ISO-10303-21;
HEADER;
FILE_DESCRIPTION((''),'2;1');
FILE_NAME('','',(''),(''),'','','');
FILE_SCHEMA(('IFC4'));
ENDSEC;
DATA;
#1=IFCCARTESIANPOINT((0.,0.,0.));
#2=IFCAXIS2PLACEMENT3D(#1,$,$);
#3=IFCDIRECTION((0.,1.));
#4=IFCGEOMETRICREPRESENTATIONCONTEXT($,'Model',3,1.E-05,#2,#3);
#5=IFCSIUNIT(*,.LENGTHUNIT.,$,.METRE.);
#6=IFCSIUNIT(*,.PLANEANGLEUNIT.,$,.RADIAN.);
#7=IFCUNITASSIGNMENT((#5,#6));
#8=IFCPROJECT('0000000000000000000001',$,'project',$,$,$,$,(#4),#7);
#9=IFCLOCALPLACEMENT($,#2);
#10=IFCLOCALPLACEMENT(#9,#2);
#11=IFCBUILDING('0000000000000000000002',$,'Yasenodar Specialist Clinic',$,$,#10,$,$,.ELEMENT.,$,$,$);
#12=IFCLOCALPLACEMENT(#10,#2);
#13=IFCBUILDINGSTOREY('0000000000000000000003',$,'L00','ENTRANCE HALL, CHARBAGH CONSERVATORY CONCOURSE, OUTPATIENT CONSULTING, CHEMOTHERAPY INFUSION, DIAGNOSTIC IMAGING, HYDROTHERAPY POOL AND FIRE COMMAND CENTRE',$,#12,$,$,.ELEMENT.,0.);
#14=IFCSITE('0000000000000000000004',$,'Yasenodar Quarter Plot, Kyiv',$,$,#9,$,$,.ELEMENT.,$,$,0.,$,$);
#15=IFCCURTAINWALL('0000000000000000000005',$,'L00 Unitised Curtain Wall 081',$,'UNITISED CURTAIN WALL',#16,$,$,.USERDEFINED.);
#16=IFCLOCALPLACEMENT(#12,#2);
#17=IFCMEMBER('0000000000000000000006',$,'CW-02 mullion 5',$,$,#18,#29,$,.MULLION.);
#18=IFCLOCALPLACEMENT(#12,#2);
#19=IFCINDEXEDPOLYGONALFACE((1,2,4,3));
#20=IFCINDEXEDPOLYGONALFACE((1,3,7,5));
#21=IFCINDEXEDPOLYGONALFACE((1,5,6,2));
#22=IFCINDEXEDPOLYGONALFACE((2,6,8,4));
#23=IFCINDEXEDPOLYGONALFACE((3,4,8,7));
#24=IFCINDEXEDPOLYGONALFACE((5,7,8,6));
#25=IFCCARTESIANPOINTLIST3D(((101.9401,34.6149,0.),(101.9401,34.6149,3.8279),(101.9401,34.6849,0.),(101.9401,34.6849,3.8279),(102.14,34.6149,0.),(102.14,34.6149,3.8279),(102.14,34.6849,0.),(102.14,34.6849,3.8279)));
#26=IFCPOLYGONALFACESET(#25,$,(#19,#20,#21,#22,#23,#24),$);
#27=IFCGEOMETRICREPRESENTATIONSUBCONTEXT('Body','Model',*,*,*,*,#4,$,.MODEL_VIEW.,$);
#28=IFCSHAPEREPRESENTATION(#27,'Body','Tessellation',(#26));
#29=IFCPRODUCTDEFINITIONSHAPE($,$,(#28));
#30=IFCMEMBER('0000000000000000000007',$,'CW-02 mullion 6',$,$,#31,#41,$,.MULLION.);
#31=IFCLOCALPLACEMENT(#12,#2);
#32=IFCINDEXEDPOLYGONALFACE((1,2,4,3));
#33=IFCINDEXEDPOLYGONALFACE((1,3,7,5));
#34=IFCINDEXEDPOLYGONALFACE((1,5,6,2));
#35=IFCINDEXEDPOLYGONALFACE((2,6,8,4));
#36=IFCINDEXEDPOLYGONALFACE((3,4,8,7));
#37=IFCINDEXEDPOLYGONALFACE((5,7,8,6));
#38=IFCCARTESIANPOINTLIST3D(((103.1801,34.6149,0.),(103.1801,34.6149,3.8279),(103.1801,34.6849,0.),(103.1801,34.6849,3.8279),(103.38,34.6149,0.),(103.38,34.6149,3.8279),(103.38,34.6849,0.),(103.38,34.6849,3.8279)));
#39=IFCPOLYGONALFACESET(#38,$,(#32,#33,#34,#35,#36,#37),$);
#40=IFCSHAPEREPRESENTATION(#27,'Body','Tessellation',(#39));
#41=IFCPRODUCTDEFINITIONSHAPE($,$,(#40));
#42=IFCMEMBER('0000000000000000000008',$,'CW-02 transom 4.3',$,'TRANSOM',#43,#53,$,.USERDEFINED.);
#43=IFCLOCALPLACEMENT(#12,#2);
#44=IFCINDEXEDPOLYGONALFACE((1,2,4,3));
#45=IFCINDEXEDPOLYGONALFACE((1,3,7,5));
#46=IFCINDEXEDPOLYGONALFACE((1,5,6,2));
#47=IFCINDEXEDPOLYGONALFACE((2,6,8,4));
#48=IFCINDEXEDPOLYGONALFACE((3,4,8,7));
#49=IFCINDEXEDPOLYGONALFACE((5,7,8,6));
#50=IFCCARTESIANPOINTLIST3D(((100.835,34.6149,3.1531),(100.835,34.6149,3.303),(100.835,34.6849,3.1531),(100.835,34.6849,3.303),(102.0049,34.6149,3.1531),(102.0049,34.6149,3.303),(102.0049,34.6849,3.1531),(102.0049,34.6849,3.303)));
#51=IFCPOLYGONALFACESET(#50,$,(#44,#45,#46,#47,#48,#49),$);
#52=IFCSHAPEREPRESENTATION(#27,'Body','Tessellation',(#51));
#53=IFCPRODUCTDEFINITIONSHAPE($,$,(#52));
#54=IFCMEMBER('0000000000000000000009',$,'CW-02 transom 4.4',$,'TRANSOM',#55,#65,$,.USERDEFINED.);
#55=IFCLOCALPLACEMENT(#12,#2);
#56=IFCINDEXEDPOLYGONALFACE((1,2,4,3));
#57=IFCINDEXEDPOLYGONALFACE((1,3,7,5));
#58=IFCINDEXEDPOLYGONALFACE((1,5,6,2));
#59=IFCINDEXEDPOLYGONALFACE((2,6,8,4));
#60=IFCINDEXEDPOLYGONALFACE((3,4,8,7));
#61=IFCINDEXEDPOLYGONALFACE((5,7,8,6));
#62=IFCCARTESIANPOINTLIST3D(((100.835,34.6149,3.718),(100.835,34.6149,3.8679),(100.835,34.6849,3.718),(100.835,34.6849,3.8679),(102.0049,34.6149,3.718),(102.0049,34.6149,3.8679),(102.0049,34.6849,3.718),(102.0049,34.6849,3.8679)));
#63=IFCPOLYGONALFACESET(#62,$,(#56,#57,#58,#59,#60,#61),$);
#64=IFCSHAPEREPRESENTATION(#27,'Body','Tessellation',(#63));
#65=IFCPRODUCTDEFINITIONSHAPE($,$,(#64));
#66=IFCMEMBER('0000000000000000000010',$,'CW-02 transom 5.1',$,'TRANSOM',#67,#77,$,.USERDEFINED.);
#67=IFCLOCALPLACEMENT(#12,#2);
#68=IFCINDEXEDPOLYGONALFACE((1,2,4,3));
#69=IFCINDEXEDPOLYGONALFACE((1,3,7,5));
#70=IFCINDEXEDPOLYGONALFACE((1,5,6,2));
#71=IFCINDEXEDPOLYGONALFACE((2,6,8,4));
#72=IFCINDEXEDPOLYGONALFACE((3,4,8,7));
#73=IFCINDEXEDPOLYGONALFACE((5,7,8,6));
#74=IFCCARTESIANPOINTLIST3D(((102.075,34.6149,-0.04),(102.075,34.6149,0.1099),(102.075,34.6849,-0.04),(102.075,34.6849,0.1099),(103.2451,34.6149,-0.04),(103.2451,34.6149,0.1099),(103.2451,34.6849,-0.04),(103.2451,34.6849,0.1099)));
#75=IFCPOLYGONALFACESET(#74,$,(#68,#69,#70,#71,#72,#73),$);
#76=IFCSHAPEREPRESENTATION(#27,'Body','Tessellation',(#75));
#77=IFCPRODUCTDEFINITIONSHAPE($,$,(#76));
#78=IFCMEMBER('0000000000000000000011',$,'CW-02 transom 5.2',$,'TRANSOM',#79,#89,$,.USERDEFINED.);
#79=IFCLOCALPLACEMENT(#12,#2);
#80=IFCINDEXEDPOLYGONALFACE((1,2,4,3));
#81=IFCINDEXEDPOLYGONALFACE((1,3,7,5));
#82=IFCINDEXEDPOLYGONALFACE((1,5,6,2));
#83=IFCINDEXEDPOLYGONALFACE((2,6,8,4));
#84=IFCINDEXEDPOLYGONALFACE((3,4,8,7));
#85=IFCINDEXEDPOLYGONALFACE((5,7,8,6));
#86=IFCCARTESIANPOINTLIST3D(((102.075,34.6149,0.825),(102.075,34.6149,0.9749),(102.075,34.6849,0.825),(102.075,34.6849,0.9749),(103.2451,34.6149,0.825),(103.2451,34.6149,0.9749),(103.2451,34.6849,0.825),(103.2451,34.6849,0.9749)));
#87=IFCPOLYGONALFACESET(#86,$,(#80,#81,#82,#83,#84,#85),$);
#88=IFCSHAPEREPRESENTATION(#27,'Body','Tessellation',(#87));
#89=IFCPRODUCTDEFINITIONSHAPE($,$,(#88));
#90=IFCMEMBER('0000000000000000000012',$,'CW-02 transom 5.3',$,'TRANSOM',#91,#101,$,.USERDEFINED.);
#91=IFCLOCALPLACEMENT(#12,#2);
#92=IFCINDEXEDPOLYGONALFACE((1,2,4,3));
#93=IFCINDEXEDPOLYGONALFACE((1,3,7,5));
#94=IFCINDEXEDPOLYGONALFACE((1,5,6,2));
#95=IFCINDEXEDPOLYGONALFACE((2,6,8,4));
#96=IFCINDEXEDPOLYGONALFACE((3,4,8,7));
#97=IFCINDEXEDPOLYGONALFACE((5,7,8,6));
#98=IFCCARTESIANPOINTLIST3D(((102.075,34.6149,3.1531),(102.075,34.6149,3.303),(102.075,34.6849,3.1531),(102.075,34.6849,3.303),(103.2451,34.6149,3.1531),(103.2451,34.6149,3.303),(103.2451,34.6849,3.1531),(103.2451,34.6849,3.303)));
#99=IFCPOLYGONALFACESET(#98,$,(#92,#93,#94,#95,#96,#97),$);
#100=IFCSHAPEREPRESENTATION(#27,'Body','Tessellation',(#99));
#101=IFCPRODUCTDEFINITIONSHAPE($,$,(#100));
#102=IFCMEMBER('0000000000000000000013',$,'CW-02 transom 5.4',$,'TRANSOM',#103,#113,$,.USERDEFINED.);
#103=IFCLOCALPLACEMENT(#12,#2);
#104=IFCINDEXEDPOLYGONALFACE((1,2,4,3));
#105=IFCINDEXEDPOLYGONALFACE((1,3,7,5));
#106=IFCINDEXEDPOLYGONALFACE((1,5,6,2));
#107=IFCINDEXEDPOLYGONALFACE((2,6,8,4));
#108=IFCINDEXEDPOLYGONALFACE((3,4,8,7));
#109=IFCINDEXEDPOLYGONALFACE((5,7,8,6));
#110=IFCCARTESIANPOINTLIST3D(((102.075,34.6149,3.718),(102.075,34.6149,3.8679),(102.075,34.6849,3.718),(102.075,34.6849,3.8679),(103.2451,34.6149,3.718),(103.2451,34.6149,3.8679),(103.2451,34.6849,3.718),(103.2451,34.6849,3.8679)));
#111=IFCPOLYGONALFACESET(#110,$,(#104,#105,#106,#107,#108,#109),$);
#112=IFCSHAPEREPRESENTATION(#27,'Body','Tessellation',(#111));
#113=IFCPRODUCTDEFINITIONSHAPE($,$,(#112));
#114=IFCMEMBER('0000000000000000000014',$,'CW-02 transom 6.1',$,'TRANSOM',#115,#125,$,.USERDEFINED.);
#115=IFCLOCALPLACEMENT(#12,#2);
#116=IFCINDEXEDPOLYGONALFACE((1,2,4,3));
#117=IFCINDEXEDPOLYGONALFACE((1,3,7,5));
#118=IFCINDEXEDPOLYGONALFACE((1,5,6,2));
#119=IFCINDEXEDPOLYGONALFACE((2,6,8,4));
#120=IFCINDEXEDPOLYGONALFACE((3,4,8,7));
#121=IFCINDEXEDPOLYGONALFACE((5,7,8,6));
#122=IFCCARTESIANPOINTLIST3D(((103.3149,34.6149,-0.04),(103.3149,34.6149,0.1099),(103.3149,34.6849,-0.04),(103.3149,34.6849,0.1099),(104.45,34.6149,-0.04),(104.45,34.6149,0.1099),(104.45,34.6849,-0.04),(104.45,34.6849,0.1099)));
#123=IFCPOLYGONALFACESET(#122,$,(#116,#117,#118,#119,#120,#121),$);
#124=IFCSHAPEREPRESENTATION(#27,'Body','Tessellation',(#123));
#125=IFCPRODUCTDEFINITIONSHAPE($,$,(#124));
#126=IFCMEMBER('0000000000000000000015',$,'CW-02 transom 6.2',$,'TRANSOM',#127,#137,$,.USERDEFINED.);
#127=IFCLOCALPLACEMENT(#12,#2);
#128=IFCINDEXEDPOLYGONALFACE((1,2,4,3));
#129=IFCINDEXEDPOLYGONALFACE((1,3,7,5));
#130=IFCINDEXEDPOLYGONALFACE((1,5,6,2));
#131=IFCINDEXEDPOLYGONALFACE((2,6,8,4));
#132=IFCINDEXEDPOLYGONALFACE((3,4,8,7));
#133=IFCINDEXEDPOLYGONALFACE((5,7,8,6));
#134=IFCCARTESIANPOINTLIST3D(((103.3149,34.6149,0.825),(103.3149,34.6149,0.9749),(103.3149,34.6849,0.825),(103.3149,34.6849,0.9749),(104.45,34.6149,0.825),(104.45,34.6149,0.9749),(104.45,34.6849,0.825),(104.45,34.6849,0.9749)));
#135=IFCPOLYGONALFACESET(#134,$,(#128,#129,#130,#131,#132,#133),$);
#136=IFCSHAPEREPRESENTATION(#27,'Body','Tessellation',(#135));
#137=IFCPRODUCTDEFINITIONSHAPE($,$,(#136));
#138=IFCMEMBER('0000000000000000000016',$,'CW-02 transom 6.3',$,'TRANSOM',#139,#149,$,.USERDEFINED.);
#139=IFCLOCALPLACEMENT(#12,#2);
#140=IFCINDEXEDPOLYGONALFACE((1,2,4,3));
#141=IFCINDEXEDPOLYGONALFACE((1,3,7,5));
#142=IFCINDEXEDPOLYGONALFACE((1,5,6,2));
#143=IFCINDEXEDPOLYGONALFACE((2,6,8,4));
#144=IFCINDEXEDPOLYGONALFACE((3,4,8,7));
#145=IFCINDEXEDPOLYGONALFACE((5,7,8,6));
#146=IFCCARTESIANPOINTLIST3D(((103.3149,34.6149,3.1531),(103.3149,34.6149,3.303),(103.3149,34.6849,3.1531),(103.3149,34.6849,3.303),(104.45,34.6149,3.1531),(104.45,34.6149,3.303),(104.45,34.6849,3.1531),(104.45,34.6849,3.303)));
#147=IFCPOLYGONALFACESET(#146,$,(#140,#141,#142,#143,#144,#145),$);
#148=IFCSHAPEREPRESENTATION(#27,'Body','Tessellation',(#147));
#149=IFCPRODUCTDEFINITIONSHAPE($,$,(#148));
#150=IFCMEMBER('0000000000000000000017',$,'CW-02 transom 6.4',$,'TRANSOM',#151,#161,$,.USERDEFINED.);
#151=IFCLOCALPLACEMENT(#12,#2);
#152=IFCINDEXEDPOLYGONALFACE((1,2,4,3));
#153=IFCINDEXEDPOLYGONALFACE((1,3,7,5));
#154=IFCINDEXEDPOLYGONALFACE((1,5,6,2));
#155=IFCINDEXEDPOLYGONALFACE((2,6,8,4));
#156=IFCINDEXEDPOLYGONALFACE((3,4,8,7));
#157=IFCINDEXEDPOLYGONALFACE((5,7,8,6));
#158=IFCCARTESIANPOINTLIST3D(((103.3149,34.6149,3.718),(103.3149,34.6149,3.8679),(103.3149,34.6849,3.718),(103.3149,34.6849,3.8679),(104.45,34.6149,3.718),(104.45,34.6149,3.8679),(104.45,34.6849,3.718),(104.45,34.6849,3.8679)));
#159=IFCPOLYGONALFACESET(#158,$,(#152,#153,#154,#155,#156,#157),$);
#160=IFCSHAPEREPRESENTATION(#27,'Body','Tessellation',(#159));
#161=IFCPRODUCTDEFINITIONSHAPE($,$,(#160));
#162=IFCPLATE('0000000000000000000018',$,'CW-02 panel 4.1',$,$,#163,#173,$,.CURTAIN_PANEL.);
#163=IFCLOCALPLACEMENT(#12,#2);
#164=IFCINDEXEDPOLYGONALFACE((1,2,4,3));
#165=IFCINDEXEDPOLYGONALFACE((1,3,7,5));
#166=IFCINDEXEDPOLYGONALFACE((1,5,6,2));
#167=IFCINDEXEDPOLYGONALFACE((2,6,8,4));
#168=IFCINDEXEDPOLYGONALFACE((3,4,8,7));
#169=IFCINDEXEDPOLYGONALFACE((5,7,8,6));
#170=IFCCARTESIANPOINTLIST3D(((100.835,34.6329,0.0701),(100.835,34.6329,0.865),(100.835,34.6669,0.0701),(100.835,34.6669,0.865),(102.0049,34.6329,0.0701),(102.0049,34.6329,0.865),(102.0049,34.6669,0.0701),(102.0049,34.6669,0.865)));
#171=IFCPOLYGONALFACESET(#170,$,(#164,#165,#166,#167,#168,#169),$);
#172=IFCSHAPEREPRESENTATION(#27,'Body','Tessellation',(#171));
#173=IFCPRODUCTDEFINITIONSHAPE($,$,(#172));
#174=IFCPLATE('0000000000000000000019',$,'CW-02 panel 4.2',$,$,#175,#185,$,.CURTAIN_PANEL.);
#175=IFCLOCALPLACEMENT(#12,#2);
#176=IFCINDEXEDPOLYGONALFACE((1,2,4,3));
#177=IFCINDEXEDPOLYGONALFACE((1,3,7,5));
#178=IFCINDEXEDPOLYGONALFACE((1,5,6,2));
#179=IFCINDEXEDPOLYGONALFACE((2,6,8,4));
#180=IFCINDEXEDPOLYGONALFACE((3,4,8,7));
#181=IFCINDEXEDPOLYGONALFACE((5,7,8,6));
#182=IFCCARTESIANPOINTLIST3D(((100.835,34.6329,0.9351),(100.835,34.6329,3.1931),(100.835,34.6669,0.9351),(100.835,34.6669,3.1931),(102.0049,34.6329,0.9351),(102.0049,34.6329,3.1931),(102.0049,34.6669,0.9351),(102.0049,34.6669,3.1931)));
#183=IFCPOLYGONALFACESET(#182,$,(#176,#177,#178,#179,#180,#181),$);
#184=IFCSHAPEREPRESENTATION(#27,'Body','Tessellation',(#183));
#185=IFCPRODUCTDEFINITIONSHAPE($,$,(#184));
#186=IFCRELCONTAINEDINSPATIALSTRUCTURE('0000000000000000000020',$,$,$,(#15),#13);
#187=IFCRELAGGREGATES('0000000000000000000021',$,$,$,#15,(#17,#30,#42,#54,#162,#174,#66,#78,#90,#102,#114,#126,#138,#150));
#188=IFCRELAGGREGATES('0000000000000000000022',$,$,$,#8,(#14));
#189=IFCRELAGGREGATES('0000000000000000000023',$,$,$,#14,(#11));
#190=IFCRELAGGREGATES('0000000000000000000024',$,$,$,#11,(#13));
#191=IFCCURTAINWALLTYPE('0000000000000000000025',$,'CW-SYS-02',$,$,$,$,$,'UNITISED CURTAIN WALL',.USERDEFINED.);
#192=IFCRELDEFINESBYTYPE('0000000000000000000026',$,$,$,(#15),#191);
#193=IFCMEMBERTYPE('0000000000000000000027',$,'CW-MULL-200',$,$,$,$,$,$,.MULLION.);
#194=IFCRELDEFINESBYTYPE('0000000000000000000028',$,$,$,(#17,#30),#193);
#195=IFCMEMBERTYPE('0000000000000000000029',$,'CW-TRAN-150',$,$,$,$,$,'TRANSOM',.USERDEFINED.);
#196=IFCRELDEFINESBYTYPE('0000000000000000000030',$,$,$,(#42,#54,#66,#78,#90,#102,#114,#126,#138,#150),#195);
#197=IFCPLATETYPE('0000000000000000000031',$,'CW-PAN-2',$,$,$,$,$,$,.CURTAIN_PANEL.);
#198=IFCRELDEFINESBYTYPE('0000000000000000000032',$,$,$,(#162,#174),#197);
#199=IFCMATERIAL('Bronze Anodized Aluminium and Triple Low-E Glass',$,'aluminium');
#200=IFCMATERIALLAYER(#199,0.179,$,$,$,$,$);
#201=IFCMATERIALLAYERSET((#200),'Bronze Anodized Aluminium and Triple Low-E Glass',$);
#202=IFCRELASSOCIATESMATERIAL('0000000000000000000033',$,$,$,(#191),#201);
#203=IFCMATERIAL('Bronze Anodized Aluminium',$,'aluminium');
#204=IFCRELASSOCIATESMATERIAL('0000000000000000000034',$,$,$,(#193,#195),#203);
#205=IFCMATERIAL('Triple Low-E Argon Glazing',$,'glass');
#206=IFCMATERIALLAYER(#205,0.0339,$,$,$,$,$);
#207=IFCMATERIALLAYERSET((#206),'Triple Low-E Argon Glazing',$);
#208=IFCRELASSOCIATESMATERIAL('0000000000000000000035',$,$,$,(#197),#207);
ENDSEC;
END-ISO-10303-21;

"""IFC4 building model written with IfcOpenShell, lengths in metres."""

from ifc_helpers import new_model, si_unit, direction, frame, origin, origin_2d, place, context, subcontext, project, spatial, rectangle, extrude, material, layer, layer_set, material_profile, profile_set, type_object, element, aggregate, save


model = new_model("IFC4")

# Units and contexts
model_context = context("Model", 3, precision=1e-05, world=origin(), true_north=direction((0.0, 1.0)))
body_context = subcontext(model_context, "Body", "Model", "MODEL_VIEW")
ifc_project = project(units=[si_unit("LENGTHUNIT", "METRE"), si_unit("PLANEANGLEUNIT", "RADIAN")], contexts=[model_context])

# Site, building, storey
site_placement = place(None, origin())
site = spatial("IfcSite", under=ifc_project, at=site_placement, Name="Yasenodar Quarter Plot, Kyiv", CompositionType="ELEMENT", RefElevation=0.0)
building_placement = place(site_placement, origin())
building = spatial("IfcBuilding", under=site, at=building_placement, Name="Yasenodar Specialist Clinic", CompositionType="ELEMENT")
storey_placement = place(building_placement, origin())
storey = spatial("IfcBuildingStorey", under=building, at=storey_placement, Name="L00", Description="ENTRANCE HALL, CHARBAGH CONSERVATORY CONCOURSE, OUTPATIENT CONSULTING, CHEMOTHERAPY INFUSION, DIAGNOSTIC IMAGING, HYDROTHERAPY POOL AND FIRE COMMAND CENTRE", CompositionType="ELEMENT", Elevation=0.0)

# Curtain wall, members, plates
ifc_material_1 = material(Name="Bronze Anodized Aluminium and Triple Low-E Glass", Category="aluminium")
ifc_layer_1 = layer(ifc_material_1, 0.179)
ifc_layer_set_1 = layer_set([ifc_layer_1], Name="Bronze Anodized Aluminium and Triple Low-E Glass")
curtain_wall_type = type_object("IfcCurtainWallType", Name="CW-SYS-02", ElementType="UNITISED CURTAIN WALL", PredefinedType="USERDEFINED", material=ifc_layer_set_1)
curtain_wall_placement = place(storey_placement, origin())
curtain_wall = element("IfcCurtainWall", 1, at=curtain_wall_placement, inside=storey, type_object=curtain_wall_type, Name="L00 Unitised Curtain Wall 081", ObjectType="UNITISED CURTAIN WALL", PredefinedType="USERDEFINED")
ifc_material_2 = material(Name="Bronze Anodized Aluminium", Category="aluminium")
ifc_material_profile_1 = material_profile(ifc_material_2, rectangle(XDim=0.0701, YDim=0.2, at=origin_2d()), Name="CW-MULL 70x200")
ifc_profile_set_1 = profile_set([ifc_material_profile_1], Name="Bronze Anodized Aluminium")
member_type_1 = type_object("IfcMemberType", Name="CW-MULL-200", PredefinedType="MULLION", material=ifc_profile_set_1)
member_1_placement = place(storey_placement, frame((102.04, 34.6499, 0.0), z_axis=(0.0, 0.0, 1.0), x_axis=(0.0, 1.0, 0.0)))
member_1 = element("IfcMember", 2, at=member_1_placement, type_object=member_type_1, Name="CW-02 mullion 5", PredefinedType="MULLION", context=body_context, shape_type="SweptSolid", body=[
    extrude(rectangle(XDim=0.0701, YDim=0.2, at=origin_2d()), origin(), (0.0, 0.0, 1.0), 3.8279),
])
member_2_placement = place(storey_placement, frame((103.28, 34.6499, 0.0), z_axis=(0.0, 0.0, 1.0), x_axis=(0.0, 1.0, 0.0)))
member_2 = element("IfcMember", 3, at=member_2_placement, type_object=member_type_1, Name="CW-02 mullion 6", PredefinedType="MULLION", context=body_context, shape_type="SweptSolid", body=[
    extrude(rectangle(XDim=0.0701, YDim=0.2, at=origin_2d()), origin(), (0.0, 0.0, 1.0), 3.8279),
])
ifc_material_profile_2 = material_profile(ifc_material_2, rectangle(XDim=0.0701, YDim=0.1499, at=origin_2d()), Name="CW-TRAN 70x150")
ifc_profile_set_2 = profile_set([ifc_material_profile_2], Name="Bronze Anodized Aluminium")
member_type_2 = type_object("IfcMemberType", Name="CW-TRAN-150", ElementType="TRANSOM", PredefinedType="USERDEFINED", material=ifc_profile_set_2)
member_3_placement = place(storey_placement, frame((100.835, 34.6499, 3.228), z_axis=(1.0, 0.0, 0.0), x_axis=(0.0, 1.0, 0.0)))
member_3 = element("IfcMember", 4, at=member_3_placement, type_object=member_type_2, Name="CW-02 transom 4.3", ObjectType="TRANSOM", PredefinedType="USERDEFINED", context=body_context, shape_type="SweptSolid", body=[
    extrude(rectangle(XDim=0.0701, YDim=0.1499, at=origin_2d()), origin(), (0.0, 0.0, 1.0), 1.1699),
])
member_4_placement = place(storey_placement, frame((100.835, 34.6499, 3.793), z_axis=(1.0, 0.0, 0.0), x_axis=(0.0, 1.0, 0.0)))
member_4 = element("IfcMember", 5, at=member_4_placement, type_object=member_type_2, Name="CW-02 transom 4.4", ObjectType="TRANSOM", PredefinedType="USERDEFINED", context=body_context, shape_type="SweptSolid", body=[
    extrude(rectangle(XDim=0.0701, YDim=0.1499, at=origin_2d()), origin(), (0.0, 0.0, 1.0), 1.1699),
])
member_5_placement = place(storey_placement, frame((102.075, 34.6499, 0.0349), z_axis=(1.0, 0.0, 0.0), x_axis=(0.0, 1.0, 0.0)))
member_5 = element("IfcMember", 6, at=member_5_placement, type_object=member_type_2, Name="CW-02 transom 5.1", ObjectType="TRANSOM", PredefinedType="USERDEFINED", context=body_context, shape_type="SweptSolid", body=[
    extrude(rectangle(XDim=0.0701, YDim=0.1499, at=origin_2d()), origin(), (0.0, 0.0, 1.0), 1.1702),
])
member_6_placement = place(storey_placement, frame((102.075, 34.6499, 0.8999), z_axis=(1.0, 0.0, 0.0), x_axis=(0.0, 1.0, 0.0)))
member_6 = element("IfcMember", 7, at=member_6_placement, type_object=member_type_2, Name="CW-02 transom 5.2", ObjectType="TRANSOM", PredefinedType="USERDEFINED", context=body_context, shape_type="SweptSolid", body=[
    extrude(rectangle(XDim=0.0701, YDim=0.1499, at=origin_2d()), origin(), (0.0, 0.0, 1.0), 1.1702),
])
member_7_placement = place(storey_placement, frame((102.075, 34.6499, 3.228), z_axis=(1.0, 0.0, 0.0), x_axis=(0.0, 1.0, 0.0)))
member_7 = element("IfcMember", 8, at=member_7_placement, type_object=member_type_2, Name="CW-02 transom 5.3", ObjectType="TRANSOM", PredefinedType="USERDEFINED", context=body_context, shape_type="SweptSolid", body=[
    extrude(rectangle(XDim=0.0701, YDim=0.1499, at=origin_2d()), origin(), (0.0, 0.0, 1.0), 1.1702),
])
member_8_placement = place(storey_placement, frame((102.075, 34.6499, 3.793), z_axis=(1.0, 0.0, 0.0), x_axis=(0.0, 1.0, 0.0)))
member_8 = element("IfcMember", 9, at=member_8_placement, type_object=member_type_2, Name="CW-02 transom 5.4", ObjectType="TRANSOM", PredefinedType="USERDEFINED", context=body_context, shape_type="SweptSolid", body=[
    extrude(rectangle(XDim=0.0701, YDim=0.1499, at=origin_2d()), origin(), (0.0, 0.0, 1.0), 1.1702),
])
member_9_placement = place(storey_placement, frame((103.3149, 34.6499, 0.0349), z_axis=(1.0, 0.0, 0.0), x_axis=(0.0, 1.0, 0.0)))
member_9 = element("IfcMember", 10, at=member_9_placement, type_object=member_type_2, Name="CW-02 transom 6.1", ObjectType="TRANSOM", PredefinedType="USERDEFINED", context=body_context, shape_type="SweptSolid", body=[
    extrude(rectangle(XDim=0.0701, YDim=0.1499, at=origin_2d()), origin(), (0.0, 0.0, 1.0), 1.135),
])
member_10_placement = place(storey_placement, frame((103.3149, 34.6499, 0.8999), z_axis=(1.0, 0.0, 0.0), x_axis=(0.0, 1.0, 0.0)))
member_10 = element("IfcMember", 11, at=member_10_placement, type_object=member_type_2, Name="CW-02 transom 6.2", ObjectType="TRANSOM", PredefinedType="USERDEFINED", context=body_context, shape_type="SweptSolid", body=[
    extrude(rectangle(XDim=0.0701, YDim=0.1499, at=origin_2d()), origin(), (0.0, 0.0, 1.0), 1.135),
])
member_11_placement = place(storey_placement, frame((103.3149, 34.6499, 3.228), z_axis=(1.0, 0.0, 0.0), x_axis=(0.0, 1.0, 0.0)))
member_11 = element("IfcMember", 12, at=member_11_placement, type_object=member_type_2, Name="CW-02 transom 6.3", ObjectType="TRANSOM", PredefinedType="USERDEFINED", context=body_context, shape_type="SweptSolid", body=[
    extrude(rectangle(XDim=0.0701, YDim=0.1499, at=origin_2d()), origin(), (0.0, 0.0, 1.0), 1.135),
])
member_12_placement = place(storey_placement, frame((103.3149, 34.6499, 3.793), z_axis=(1.0, 0.0, 0.0), x_axis=(0.0, 1.0, 0.0)))
member_12 = element("IfcMember", 13, at=member_12_placement, type_object=member_type_2, Name="CW-02 transom 6.4", ObjectType="TRANSOM", PredefinedType="USERDEFINED", context=body_context, shape_type="SweptSolid", body=[
    extrude(rectangle(XDim=0.0701, YDim=0.1499, at=origin_2d()), origin(), (0.0, 0.0, 1.0), 1.135),
])
ifc_material_3 = material(Name="Triple Low-E Argon Glazing", Category="glass")
ifc_layer_2 = layer(ifc_material_3, 0.0339)
ifc_layer_set_2 = layer_set([ifc_layer_2], Name="Triple Low-E Argon Glazing")
plate_type = type_object("IfcPlateType", Name="CW-PAN-2", PredefinedType="CURTAIN_PANEL", material=ifc_layer_set_2)
plate_1_placement = place(storey_placement, frame((101.4199, 34.6499, 0.0701), z_axis=(0.0, 0.0, 1.0), x_axis=(1.0, 0.0, 0.0)))
plate_1 = element("IfcPlate", 14, at=plate_1_placement, type_object=plate_type, Name="CW-02 panel 4.1", PredefinedType="CURTAIN_PANEL", context=body_context, shape_type="SweptSolid", body=[
    extrude(rectangle(XDim=1.1699, YDim=0.0339, at=origin_2d()), origin(), (0.0, 0.0, 1.0), 0.7949),
])
plate_2_placement = place(storey_placement, frame((101.4199, 34.6499, 0.9351), z_axis=(0.0, 0.0, 1.0), x_axis=(1.0, 0.0, 0.0)))
plate_2 = element("IfcPlate", 15, at=plate_2_placement, type_object=plate_type, Name="CW-02 panel 4.2", PredefinedType="CURTAIN_PANEL", context=body_context, shape_type="SweptSolid", body=[
    extrude(rectangle(XDim=1.1699, YDim=0.0339, at=origin_2d()), origin(), (0.0, 0.0, 1.0), 2.2581),
])
aggregate(curtain_wall, [member_1, member_2, member_3, member_4, plate_1, plate_2, member_5, member_6, member_7, member_8, member_9, member_10, member_11, member_12])

save(model, "model.ifc")
